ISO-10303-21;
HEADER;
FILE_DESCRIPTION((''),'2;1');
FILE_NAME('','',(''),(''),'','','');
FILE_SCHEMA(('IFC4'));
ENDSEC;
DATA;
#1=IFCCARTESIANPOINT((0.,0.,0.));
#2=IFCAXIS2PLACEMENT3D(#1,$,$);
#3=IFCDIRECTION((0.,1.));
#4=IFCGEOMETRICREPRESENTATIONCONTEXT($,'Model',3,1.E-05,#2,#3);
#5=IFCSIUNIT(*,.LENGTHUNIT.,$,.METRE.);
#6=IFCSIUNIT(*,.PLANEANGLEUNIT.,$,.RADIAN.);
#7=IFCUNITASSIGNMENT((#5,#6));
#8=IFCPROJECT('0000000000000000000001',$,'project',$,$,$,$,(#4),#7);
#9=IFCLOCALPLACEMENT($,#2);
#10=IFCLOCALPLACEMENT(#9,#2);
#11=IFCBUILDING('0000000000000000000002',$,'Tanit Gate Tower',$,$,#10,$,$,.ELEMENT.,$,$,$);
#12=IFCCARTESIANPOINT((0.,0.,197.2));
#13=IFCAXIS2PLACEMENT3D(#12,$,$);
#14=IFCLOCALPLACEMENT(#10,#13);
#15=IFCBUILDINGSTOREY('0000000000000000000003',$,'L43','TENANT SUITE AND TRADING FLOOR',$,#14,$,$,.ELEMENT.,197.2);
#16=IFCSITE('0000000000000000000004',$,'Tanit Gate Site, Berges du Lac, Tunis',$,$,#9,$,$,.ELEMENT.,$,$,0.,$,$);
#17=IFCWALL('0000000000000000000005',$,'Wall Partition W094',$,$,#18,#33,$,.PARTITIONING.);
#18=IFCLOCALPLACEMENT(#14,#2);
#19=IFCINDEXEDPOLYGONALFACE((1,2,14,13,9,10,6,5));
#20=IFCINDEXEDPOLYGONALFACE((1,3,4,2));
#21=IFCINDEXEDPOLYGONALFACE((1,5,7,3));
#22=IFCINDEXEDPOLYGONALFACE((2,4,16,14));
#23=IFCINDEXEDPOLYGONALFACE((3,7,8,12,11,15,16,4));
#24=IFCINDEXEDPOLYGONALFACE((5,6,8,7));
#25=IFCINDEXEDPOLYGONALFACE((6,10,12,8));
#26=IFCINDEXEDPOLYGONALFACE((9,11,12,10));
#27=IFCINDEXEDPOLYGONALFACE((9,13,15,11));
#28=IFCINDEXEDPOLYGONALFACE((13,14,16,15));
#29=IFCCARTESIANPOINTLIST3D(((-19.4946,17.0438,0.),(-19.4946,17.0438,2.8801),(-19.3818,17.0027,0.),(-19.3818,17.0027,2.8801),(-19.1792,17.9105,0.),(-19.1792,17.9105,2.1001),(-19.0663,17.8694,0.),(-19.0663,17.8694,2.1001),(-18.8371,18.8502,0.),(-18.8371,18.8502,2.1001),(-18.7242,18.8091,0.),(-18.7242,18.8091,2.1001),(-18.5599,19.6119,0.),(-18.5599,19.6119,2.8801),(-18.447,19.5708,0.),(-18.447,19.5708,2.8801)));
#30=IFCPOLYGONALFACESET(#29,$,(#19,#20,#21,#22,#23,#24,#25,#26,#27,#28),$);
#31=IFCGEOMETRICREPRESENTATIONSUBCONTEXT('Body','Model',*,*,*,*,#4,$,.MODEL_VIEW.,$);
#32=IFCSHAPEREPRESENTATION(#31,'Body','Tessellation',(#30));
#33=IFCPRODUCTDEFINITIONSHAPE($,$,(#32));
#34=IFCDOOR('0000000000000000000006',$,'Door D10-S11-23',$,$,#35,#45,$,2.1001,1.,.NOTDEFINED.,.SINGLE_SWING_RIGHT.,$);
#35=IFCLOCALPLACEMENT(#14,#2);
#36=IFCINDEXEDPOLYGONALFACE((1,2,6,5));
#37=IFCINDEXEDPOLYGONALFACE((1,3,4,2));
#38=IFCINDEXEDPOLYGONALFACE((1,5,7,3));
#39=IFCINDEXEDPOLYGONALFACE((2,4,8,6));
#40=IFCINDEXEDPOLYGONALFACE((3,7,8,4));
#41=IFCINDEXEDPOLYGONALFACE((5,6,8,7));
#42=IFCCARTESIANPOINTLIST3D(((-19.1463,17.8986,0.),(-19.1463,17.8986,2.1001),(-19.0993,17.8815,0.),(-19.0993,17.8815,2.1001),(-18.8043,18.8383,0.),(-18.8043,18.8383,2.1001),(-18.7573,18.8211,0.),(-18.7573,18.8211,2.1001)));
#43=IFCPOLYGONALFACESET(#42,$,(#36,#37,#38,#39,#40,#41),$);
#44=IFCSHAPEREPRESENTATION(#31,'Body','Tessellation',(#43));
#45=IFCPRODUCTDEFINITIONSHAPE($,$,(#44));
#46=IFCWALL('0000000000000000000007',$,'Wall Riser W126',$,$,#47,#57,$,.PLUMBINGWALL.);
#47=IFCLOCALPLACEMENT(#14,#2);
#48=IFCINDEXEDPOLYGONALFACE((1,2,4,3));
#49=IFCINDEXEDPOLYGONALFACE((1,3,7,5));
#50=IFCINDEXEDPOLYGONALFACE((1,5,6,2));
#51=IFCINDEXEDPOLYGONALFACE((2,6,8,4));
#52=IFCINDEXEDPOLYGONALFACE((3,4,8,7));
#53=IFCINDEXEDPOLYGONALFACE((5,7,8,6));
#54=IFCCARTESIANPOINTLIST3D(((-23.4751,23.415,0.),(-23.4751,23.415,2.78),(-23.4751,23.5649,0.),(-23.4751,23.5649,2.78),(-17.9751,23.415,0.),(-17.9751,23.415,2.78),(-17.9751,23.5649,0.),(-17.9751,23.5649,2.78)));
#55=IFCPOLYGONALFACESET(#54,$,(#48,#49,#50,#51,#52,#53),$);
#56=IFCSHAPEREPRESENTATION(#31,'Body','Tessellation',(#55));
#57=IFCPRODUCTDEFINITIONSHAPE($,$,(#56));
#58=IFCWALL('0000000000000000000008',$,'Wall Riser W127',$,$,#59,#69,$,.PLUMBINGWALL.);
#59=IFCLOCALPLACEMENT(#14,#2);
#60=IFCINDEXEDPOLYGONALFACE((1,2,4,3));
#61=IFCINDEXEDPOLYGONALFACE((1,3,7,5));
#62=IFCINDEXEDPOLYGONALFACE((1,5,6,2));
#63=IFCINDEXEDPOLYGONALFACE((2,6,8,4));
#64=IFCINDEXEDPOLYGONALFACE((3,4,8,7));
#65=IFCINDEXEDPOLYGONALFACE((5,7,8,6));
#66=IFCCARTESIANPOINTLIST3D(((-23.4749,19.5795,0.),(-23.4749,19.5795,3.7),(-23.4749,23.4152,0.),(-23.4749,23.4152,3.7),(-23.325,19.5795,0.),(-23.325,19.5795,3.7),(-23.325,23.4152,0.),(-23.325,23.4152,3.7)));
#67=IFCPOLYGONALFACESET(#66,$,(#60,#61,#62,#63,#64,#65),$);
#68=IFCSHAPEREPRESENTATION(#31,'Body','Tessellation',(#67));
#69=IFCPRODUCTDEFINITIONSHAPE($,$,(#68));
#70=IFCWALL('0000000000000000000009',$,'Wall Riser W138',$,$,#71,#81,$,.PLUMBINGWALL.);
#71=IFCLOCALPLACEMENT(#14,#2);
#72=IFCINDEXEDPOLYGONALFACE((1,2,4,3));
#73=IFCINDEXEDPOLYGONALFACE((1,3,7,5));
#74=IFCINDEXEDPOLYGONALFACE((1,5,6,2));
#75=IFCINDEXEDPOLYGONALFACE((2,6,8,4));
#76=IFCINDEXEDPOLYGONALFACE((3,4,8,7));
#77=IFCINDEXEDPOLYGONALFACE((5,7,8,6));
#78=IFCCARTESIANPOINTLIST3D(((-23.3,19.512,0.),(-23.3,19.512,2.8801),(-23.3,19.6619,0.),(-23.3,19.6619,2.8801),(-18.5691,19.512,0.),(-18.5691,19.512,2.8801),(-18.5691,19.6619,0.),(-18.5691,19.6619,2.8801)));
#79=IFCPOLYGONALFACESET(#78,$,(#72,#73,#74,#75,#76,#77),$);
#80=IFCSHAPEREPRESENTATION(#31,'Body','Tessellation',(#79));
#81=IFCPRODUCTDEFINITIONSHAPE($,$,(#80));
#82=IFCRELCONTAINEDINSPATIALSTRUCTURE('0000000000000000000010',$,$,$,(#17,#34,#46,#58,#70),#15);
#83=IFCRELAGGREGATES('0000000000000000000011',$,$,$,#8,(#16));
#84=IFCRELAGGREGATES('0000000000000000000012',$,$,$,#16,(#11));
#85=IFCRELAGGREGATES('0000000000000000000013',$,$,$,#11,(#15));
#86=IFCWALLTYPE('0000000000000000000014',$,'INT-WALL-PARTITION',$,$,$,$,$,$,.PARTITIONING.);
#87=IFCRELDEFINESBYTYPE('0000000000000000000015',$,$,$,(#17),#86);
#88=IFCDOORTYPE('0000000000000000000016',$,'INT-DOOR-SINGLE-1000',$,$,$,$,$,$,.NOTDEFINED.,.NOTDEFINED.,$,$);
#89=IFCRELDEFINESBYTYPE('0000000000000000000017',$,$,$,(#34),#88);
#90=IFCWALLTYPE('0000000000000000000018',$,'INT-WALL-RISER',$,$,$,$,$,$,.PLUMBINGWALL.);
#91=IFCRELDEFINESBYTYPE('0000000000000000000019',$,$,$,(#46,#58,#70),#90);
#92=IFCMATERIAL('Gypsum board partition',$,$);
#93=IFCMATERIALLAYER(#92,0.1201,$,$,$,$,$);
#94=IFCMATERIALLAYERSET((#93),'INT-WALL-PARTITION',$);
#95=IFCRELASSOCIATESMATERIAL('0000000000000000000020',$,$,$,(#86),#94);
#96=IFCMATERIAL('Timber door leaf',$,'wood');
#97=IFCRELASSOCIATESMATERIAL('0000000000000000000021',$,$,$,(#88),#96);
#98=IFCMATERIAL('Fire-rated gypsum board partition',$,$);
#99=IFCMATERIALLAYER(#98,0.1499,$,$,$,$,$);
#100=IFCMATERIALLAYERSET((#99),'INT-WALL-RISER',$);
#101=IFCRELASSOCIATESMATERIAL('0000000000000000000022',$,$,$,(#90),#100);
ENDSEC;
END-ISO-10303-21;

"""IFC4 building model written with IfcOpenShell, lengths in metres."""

from ifc_helpers import new_model, si_unit, direction, frame, frame_2d, origin, place, context, subcontext, project, spatial, rectangle, extrude, material, layer, layer_set, type_object, element, fill, save


model = new_model("IFC4")

# Units and contexts
model_context = context("Model", 3, precision=1e-05, world=origin(), true_north=direction((0.0, 1.0)))
body_context = subcontext(model_context, "Body", "Model", "MODEL_VIEW")
ifc_project = project(units=[si_unit("LENGTHUNIT", "METRE"), si_unit("PLANEANGLEUNIT", "RADIAN")], contexts=[model_context])

# Site, building, storey
site_placement = place(None, origin())
site = spatial("IfcSite", under=ifc_project, at=site_placement, Name="Tanit Gate Site, Berges du Lac, Tunis", CompositionType="ELEMENT", RefElevation=0.0)
building_placement = place(site_placement, origin())
building = spatial("IfcBuilding", under=site, at=building_placement, Name="Tanit Gate Tower", CompositionType="ELEMENT")
storey_placement = place(building_placement, frame((0.0, 0.0, 197.2)))
storey = spatial("IfcBuildingStorey", under=building, at=storey_placement, Name="L43", Description="TENANT SUITE AND TRADING FLOOR", CompositionType="ELEMENT", Elevation=197.2)

# Wall, opening, door
ifc_material_1 = material(Name="Gypsum board partition")
ifc_layer_1 = layer(ifc_material_1, 0.1201)
ifc_layer_set_1 = layer_set([ifc_layer_1], Name="INT-WALL-PARTITION")
wall_type_1 = type_object("IfcWallType", Name="INT-WALL-PARTITION", PredefinedType="PARTITIONING", material=ifc_layer_set_1)
wall_1_placement = place(storey_placement, frame((-18.5034, 19.5913, 0.0), z_axis=(0.0, 0.0, 1.0), x_axis=(-0.342051, -0.939681, 0.0)))
wall_1 = element("IfcWall", 1, at=wall_1_placement, inside=storey, type_object=wall_type_1, Name="Wall Partition W094", PredefinedType="PARTITIONING", context=body_context, shape_type="SweptSolid", body=[
    extrude(rectangle(XDim=2.7329, YDim=0.1201, at=frame_2d((1.3665, 0.0))), origin(), (0.0, 0.0, 1.0), 2.8801),
])
opening_placement = place(wall_1_placement, frame((0.8105, 0.0, 0.0)))
opening = element("IfcOpeningElement", 2, at=opening_placement, cuts=wall_1, PredefinedType="OPENING", context=body_context, shape_type="SweptSolid", body=[
    extrude(rectangle(XDim=1.0, YDim=2.1001, at=frame_2d((0.5, 1.05))), frame((0.0, 0.0701, 0.0), z_axis=(0.0, -1.0, 0.0), x_axis=(1.0, 0.0, 0.0)), (0.0, 0.0, 1.0), 0.1401),
])
ifc_material_2 = material(Name="Timber door leaf", Category="wood")
door_type = type_object("IfcDoorType", Name="INT-DOOR-SINGLE-1000", OperationType="NOTDEFINED", PredefinedType="NOTDEFINED", material=ifc_material_2)
door_placement = place(opening_placement, origin())
door = element("IfcDoor", 3, at=door_placement, inside=storey, type_object=door_type, Name="Door D10-S11-23", OperationType="SINGLE_SWING_RIGHT", OverallHeight=2.1001, OverallWidth=1.0, PredefinedType="NOTDEFINED", context=body_context, shape_type="SweptSolid", body=[
    extrude(rectangle(XDim=1.0, YDim=2.1001, at=frame_2d((0.5, 1.05))), frame((0.0, 0.0249, 0.0), z_axis=(0.0, -1.0, 0.0), x_axis=(1.0, 0.0, 0.0)), (0.0, 0.0, 1.0), 0.05),
])
fill(opening, door)

# Walls
ifc_material_3 = material(Name="Fire-rated gypsum board partition")
ifc_layer_2 = layer(ifc_material_3, 0.1499)
ifc_layer_set_2 = layer_set([ifc_layer_2], Name="INT-WALL-RISER")
wall_type_2 = type_object("IfcWallType", Name="INT-WALL-RISER", PredefinedType="PLUMBINGWALL", material=ifc_layer_set_2)
wall_2_placement = place(storey_placement, frame((-17.9751, 23.49, 0.0), z_axis=(0.0, 0.0, 1.0), x_axis=(-1.0, 0.0, 0.0)))
element("IfcWall", 4, at=wall_2_placement, inside=storey, type_object=wall_type_2, Name="Wall Riser W126", PredefinedType="PLUMBINGWALL", context=body_context, shape_type="SweptSolid", body=[
    extrude(rectangle(XDim=5.5, YDim=0.1499, at=frame_2d((2.75, 0.0))), origin(), (0.0, 0.0, 1.0), 2.78),
])
wall_3_placement = place(storey_placement, frame((-23.3999, 19.5793, 0.0), z_axis=(0.0, 0.0, 1.0), x_axis=(0.0, 1.0, 0.0)))
element("IfcWall", 5, at=wall_3_placement, inside=storey, type_object=wall_type_2, Name="Wall Riser W127", PredefinedType="PLUMBINGWALL", context=body_context, shape_type="SweptSolid", body=[
    extrude(rectangle(XDim=3.8357, YDim=0.1499, at=frame_2d((1.918, 0.0))), origin(), (0.0, 0.0, 1.0), 3.7),
])
wall_4_placement = place(storey_placement, frame((-23.3, 19.5869, 0.0), z_axis=(0.0, 0.0, 1.0), x_axis=(1.0, 0.0, 0.0)))
element("IfcWall", 6, at=wall_4_placement, inside=storey, type_object=wall_type_2, Name="Wall Riser W138", PredefinedType="PLUMBINGWALL", context=body_context, shape_type="SweptSolid", body=[
    extrude(rectangle(XDim=4.731, YDim=0.1499, at=frame_2d((2.3655, 0.0))), origin(), (0.0, 0.0, 1.0), 2.8801),
])

save(model, "model.ifc")
